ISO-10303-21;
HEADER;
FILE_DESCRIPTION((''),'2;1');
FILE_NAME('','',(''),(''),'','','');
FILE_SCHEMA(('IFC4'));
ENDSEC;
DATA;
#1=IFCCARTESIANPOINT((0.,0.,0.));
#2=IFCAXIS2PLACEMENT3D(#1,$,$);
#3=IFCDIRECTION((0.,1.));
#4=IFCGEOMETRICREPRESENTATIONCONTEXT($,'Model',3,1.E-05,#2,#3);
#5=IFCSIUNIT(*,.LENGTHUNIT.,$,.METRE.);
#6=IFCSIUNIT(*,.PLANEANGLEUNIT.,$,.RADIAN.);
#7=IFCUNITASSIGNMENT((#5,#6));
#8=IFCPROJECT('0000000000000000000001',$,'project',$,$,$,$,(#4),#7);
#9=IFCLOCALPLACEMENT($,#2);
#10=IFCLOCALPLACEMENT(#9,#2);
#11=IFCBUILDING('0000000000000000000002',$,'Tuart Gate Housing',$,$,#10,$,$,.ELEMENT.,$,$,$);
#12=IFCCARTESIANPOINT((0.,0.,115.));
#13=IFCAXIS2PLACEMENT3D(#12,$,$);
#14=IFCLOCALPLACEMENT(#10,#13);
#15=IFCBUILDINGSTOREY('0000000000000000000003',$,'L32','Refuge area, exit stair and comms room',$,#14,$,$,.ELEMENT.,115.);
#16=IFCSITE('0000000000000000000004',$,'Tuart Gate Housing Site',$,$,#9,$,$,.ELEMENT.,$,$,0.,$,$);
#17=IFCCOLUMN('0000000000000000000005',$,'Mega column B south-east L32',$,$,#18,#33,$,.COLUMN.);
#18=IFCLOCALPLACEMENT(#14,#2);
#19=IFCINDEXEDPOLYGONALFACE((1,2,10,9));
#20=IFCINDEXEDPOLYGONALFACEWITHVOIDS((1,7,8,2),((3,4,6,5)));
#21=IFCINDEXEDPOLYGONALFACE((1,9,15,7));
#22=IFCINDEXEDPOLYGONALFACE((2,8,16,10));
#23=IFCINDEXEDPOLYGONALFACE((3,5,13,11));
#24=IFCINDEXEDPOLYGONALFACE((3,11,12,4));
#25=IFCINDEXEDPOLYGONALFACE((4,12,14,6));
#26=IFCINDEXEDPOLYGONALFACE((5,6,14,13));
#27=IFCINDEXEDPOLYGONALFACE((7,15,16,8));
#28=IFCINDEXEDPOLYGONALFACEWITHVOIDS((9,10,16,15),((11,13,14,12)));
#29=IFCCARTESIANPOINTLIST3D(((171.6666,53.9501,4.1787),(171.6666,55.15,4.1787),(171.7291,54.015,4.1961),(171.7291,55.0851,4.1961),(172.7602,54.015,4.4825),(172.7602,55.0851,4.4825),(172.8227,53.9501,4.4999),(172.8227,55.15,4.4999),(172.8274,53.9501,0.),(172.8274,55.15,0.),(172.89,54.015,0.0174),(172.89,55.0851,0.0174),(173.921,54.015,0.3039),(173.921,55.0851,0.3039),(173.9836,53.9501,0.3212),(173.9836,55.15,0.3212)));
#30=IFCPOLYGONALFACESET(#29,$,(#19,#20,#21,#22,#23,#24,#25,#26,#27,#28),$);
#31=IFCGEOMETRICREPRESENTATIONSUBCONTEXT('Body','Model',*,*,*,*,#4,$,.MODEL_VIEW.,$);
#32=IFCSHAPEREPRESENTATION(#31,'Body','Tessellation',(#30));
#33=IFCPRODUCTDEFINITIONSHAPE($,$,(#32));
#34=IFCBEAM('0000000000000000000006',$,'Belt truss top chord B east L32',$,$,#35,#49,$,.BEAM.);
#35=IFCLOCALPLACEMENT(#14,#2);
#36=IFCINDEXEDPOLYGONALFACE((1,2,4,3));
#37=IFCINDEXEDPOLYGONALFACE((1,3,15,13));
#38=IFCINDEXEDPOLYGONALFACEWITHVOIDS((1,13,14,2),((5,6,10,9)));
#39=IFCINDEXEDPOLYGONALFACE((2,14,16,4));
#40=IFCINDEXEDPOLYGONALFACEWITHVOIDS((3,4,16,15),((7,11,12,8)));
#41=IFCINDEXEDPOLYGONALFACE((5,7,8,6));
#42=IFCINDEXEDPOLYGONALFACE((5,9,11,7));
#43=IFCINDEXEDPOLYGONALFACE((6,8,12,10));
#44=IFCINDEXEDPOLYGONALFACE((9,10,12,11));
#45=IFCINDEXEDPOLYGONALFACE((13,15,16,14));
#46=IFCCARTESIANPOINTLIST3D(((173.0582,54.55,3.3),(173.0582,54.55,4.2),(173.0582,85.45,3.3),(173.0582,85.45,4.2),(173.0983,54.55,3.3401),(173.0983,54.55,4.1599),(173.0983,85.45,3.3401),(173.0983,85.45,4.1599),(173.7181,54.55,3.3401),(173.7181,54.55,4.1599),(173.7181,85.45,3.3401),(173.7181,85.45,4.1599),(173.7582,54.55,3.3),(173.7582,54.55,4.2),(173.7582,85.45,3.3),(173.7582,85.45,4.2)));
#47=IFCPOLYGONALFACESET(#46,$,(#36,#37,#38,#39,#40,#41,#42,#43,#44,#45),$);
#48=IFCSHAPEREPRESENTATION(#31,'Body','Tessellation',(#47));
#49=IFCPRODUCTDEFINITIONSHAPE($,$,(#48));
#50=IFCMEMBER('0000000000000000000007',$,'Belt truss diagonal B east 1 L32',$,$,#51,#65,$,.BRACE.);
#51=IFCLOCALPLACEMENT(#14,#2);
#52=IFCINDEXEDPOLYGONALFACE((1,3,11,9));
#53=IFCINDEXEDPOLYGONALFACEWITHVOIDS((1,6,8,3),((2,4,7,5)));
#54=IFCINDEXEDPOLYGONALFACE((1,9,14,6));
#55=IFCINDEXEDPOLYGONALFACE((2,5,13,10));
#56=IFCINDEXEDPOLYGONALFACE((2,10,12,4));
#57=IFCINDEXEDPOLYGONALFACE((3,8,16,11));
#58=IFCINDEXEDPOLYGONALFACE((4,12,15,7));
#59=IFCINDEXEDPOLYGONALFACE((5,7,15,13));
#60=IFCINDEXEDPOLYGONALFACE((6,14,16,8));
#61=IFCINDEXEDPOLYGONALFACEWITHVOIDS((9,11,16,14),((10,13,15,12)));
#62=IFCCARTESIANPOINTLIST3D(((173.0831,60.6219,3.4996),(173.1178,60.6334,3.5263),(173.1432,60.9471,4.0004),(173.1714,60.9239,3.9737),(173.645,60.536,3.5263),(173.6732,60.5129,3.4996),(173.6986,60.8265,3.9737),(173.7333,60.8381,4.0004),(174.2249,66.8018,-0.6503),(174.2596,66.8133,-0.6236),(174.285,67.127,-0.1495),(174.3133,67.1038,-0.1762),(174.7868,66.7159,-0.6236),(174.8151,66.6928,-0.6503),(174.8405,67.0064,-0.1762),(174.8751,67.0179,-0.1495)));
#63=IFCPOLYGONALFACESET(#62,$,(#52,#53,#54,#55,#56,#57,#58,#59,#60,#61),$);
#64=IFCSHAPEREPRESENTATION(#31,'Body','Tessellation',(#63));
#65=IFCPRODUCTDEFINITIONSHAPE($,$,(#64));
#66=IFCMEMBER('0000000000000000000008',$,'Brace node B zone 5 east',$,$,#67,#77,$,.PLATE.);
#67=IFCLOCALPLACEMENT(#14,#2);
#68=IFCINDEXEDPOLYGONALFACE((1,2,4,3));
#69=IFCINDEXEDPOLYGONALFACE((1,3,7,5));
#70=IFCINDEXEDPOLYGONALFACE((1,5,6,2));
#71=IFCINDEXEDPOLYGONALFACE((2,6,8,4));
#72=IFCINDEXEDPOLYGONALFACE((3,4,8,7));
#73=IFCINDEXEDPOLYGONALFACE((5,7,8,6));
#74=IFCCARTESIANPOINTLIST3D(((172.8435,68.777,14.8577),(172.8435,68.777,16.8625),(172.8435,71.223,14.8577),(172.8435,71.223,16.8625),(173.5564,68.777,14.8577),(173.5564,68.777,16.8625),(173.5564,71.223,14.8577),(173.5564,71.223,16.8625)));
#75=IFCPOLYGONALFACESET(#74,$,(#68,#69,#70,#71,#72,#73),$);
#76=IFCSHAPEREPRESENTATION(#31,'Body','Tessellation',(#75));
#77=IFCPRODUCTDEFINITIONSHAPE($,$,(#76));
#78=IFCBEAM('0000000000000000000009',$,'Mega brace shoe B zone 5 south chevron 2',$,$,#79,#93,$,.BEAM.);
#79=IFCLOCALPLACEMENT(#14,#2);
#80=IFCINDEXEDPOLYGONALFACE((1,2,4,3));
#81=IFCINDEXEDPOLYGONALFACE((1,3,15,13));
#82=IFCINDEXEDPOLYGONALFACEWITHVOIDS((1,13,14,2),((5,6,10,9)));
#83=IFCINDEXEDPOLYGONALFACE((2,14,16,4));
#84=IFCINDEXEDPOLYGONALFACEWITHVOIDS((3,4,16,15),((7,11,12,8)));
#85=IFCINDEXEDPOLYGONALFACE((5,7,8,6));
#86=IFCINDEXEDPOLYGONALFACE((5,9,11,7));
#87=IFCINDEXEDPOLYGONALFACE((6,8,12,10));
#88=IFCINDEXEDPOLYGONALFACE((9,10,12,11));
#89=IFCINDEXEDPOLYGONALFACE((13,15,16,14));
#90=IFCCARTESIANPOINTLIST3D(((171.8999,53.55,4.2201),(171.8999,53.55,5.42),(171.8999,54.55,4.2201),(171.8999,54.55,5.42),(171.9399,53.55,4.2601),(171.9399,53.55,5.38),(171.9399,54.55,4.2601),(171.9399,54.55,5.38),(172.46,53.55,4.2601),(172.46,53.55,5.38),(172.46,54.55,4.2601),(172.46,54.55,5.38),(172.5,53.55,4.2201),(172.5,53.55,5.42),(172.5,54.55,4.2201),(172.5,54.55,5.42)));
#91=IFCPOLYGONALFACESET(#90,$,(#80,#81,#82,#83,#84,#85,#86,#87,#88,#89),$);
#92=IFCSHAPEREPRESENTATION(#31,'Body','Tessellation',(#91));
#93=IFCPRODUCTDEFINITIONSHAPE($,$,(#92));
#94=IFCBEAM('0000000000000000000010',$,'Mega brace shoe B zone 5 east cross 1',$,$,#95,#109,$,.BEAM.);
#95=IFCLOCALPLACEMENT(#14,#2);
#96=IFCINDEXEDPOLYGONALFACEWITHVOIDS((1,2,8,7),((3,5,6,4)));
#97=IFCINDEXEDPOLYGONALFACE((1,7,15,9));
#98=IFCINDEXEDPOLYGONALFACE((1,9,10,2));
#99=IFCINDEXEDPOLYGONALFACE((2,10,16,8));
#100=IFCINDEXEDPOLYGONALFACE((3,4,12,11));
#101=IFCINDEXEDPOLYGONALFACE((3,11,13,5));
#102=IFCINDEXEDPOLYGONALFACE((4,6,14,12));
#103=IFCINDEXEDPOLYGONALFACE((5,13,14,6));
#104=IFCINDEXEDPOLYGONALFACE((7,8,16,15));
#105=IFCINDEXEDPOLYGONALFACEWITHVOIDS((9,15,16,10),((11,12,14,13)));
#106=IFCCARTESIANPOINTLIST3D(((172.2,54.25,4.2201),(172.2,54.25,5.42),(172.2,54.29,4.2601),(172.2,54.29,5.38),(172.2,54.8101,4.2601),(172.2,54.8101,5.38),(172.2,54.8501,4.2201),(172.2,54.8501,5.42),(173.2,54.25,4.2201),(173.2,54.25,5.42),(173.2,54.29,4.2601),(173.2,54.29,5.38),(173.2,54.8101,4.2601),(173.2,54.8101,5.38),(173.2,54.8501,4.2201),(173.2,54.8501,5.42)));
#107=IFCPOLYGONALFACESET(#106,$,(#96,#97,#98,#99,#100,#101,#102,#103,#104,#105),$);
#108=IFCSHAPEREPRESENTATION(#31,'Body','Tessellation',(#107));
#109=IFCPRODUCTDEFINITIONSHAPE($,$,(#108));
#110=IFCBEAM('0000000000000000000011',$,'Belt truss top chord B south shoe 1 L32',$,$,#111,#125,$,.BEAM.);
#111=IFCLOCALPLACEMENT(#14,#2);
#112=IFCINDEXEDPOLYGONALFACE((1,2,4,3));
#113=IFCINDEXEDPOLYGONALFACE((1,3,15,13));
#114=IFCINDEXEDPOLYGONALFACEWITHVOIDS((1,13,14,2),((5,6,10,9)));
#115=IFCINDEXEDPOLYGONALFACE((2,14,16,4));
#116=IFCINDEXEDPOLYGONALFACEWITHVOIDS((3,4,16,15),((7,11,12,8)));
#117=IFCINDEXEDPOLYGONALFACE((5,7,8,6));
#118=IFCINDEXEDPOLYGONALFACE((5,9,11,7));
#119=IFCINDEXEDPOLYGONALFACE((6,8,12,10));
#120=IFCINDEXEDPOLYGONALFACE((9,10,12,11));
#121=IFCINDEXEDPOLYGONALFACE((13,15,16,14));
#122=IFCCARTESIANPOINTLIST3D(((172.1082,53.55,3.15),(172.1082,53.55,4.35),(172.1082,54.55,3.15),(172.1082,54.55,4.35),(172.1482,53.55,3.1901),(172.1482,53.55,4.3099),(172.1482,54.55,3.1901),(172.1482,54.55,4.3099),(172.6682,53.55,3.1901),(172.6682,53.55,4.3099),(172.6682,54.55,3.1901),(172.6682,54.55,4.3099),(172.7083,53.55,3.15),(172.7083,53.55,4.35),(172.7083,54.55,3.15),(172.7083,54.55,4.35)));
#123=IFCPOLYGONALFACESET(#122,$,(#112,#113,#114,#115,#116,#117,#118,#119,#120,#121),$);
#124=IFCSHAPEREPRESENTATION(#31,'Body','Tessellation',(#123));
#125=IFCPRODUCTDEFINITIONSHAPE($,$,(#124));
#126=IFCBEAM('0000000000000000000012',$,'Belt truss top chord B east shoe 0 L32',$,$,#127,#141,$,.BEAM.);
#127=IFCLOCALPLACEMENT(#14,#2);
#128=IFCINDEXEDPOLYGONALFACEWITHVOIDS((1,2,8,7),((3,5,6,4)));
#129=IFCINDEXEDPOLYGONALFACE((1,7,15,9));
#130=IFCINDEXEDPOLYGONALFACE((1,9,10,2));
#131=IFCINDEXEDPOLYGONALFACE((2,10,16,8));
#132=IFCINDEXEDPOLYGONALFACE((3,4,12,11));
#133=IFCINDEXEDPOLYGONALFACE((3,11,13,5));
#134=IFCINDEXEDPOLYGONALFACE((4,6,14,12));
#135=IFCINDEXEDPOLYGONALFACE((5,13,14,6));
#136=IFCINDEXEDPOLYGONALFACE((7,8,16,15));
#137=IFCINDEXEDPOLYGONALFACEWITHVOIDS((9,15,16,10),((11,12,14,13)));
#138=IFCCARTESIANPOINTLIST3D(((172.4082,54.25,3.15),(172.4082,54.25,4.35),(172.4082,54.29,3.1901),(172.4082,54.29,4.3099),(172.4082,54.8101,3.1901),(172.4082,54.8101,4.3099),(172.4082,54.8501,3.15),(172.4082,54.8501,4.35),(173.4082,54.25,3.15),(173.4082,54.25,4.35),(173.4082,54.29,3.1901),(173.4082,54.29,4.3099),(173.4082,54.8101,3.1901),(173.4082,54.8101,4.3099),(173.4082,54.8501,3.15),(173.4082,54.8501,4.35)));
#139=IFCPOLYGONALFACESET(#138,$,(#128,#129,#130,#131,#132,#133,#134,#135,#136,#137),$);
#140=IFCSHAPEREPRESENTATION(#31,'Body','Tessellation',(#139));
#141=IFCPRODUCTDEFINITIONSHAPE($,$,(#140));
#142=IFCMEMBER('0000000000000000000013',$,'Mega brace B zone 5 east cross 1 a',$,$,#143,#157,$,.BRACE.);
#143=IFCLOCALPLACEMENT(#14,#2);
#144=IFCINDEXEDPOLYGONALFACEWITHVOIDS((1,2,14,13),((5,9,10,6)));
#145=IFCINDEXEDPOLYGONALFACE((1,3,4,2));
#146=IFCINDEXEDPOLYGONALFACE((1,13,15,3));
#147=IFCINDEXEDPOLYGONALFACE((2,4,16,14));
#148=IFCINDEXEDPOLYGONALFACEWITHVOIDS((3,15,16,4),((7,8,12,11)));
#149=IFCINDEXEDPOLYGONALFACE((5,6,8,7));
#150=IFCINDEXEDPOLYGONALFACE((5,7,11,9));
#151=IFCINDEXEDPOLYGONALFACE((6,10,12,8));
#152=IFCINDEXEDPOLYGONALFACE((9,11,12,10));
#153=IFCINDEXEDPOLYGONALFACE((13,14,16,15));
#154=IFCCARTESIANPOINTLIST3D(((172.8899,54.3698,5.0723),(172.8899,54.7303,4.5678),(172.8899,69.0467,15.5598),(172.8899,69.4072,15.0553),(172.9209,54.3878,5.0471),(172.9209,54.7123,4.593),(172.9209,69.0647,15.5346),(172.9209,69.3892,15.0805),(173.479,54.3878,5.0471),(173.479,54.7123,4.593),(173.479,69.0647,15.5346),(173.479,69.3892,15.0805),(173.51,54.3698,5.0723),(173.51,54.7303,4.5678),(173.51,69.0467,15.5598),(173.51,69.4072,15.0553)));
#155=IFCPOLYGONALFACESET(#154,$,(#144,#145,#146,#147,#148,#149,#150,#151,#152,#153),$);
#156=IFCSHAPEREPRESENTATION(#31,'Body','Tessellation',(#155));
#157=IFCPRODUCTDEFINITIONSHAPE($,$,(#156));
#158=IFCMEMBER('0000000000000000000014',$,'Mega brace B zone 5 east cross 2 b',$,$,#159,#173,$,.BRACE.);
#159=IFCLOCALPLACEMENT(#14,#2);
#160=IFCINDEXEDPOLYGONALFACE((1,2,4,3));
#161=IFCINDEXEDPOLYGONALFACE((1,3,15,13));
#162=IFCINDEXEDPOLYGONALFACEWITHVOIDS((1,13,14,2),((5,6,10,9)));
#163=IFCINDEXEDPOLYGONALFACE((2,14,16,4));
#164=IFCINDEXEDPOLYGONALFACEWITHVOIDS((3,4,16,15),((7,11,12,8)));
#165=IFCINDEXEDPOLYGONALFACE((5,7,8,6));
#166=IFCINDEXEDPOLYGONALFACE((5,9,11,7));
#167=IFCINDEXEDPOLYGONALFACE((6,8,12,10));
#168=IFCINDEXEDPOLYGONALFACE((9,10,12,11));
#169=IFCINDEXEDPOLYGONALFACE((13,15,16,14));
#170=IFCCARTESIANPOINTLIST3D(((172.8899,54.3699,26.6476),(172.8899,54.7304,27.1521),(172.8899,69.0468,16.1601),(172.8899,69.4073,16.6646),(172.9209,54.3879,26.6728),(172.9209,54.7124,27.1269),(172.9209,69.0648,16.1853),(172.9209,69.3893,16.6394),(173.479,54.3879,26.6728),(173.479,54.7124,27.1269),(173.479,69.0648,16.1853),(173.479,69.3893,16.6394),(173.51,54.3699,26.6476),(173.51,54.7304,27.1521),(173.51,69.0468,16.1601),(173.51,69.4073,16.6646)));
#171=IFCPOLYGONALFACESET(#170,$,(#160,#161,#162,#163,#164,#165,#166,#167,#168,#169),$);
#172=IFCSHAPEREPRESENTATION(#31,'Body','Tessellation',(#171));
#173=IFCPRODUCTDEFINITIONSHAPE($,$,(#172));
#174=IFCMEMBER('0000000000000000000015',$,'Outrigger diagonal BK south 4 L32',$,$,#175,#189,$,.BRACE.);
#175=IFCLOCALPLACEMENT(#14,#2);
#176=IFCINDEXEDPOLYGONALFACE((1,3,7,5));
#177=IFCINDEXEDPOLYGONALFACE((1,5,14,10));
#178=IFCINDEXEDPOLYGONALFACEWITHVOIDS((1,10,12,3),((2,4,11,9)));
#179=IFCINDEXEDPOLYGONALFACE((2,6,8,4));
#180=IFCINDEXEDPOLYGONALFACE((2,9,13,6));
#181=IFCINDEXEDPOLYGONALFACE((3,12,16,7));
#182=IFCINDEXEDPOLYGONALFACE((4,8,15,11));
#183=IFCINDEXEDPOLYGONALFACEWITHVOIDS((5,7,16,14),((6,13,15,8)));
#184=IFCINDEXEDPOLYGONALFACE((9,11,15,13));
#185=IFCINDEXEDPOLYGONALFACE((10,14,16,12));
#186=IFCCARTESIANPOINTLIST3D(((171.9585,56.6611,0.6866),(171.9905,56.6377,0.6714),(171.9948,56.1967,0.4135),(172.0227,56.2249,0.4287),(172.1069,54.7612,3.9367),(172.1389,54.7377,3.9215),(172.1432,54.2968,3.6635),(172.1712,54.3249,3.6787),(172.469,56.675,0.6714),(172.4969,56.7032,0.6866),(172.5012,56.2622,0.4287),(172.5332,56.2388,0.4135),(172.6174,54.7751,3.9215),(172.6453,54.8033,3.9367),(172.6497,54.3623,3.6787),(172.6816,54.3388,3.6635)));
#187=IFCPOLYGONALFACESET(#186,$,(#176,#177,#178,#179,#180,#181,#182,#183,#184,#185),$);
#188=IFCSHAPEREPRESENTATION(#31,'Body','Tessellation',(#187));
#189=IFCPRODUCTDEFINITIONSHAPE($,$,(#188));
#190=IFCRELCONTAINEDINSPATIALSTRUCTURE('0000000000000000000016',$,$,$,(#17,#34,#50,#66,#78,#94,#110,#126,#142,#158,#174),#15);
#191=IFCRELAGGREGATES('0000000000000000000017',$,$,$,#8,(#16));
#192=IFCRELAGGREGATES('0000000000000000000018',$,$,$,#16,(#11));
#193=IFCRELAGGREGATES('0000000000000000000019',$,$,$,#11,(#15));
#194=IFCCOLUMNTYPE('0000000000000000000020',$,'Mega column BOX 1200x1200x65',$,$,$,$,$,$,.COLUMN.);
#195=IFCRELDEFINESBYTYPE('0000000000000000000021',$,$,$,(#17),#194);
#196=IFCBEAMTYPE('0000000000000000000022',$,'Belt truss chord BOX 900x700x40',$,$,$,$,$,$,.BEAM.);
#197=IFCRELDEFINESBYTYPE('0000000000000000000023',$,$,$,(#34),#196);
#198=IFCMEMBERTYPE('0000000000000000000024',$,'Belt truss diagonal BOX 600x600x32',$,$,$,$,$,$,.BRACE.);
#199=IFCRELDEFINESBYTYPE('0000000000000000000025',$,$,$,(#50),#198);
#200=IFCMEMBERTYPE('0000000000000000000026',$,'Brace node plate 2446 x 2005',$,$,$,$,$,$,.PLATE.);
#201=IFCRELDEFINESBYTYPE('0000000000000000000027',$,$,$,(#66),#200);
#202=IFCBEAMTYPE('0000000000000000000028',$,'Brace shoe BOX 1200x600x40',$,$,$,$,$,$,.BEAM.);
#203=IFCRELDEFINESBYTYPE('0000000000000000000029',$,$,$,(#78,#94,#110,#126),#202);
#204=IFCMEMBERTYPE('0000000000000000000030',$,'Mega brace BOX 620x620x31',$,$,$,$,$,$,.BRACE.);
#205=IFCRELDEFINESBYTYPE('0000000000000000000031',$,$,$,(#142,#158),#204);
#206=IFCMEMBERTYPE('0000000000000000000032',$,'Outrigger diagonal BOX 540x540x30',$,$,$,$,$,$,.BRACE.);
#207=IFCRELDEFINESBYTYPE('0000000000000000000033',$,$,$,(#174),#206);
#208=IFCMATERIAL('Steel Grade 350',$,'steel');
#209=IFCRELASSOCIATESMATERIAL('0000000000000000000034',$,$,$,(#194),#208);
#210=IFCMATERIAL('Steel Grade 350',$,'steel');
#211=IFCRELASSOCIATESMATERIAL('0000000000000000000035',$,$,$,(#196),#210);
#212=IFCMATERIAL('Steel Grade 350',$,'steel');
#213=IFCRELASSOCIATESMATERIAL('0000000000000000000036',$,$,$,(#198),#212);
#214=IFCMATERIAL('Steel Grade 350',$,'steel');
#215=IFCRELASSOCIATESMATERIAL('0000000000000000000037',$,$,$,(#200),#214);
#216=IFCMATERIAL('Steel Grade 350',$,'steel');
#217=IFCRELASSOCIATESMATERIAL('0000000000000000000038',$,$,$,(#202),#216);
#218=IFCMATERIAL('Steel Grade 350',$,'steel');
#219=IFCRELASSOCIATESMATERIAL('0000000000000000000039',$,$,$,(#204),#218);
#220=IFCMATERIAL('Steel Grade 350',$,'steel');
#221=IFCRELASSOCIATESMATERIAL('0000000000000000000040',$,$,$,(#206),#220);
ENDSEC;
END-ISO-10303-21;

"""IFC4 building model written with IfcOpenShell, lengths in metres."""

from ifc_helpers import new_model, si_unit, direction, frame, origin, origin_2d, place, context, subcontext, project, spatial, rectangle, hollow_rectangle, extrude, material, material_profile, profile_set, type_object, element, save


model = new_model("IFC4")

# Units and contexts
model_context = context("Model", 3, precision=1e-05, world=origin(), true_north=direction((0.0, 1.0)))
body_context = subcontext(model_context, "Body", "Model", "MODEL_VIEW")
ifc_project = project(units=[si_unit("LENGTHUNIT", "METRE"), si_unit("PLANEANGLEUNIT", "RADIAN")], contexts=[model_context])

# Site, building, storey
site_placement = place(None, origin())
site = spatial("IfcSite", under=ifc_project, at=site_placement, Name="Tuart Gate Housing Site", CompositionType="ELEMENT", RefElevation=0.0)
building_placement = place(site_placement, origin())
building = spatial("IfcBuilding", under=site, at=building_placement, Name="Tuart Gate Housing", CompositionType="ELEMENT")
storey_placement = place(building_placement, frame((0.0, 0.0, 115.0)))
storey = spatial("IfcBuildingStorey", under=building, at=storey_placement, Name="L32", Description="Refuge area, exit stair and comms room", CompositionType="ELEMENT", Elevation=115.0)

# Column
ifc_material_1 = material(Name="Steel Grade 350", Category="steel")
ifc_material_profile_1 = material_profile(ifc_material_1, hollow_rectangle(XDim=1.2, YDim=1.2, WallThickness=0.0649, at=origin_2d()), Name="BOX 1200x1200x65")
ifc_profile_set_1 = profile_set([ifc_material_profile_1], Name="Steel Grade 350")
column_type = type_object("IfcColumnType", Name="Mega column BOX 1200x1200x65", PredefinedType="COLUMN", material=ifc_profile_set_1)
column_placement = place(storey_placement, frame((173.4055, 54.55, 0.1606), z_axis=(-0.267673, 0.0, 0.96351), x_axis=(0.0, -1.0, 0.0)))
element("IfcColumn", 1, at=column_placement, inside=storey, type_object=column_type, Name="Mega column B south-east L32", PredefinedType="COLUMN", context=body_context, shape_type="SweptSolid", body=[
    extrude(hollow_rectangle(XDim=1.2, YDim=1.2, WallThickness=0.0649, at=origin_2d()), origin(), (0.0, 0.0, 1.0), 4.3369),
])

# Beam
ifc_material_2 = material(Name="Steel Grade 350", Category="steel")
ifc_material_profile_2 = material_profile(ifc_material_2, hollow_rectangle(XDim=0.7, YDim=0.8999, WallThickness=0.04, at=origin_2d()), Name="BOX 900x700x40")
ifc_profile_set_2 = profile_set([ifc_material_profile_2], Name="Steel Grade 350")
beam_type_1 = type_object("IfcBeamType", Name="Belt truss chord BOX 900x700x40", PredefinedType="BEAM", material=ifc_profile_set_2)
beam_placement = place(storey_placement, frame((173.4082, 54.55, 3.75), z_axis=(0.0, 1.0, 0.0), x_axis=(-1.0, 0.0, 0.0)))
element("IfcBeam", 2, at=beam_placement, inside=storey, type_object=beam_type_1, Name="Belt truss top chord B east L32", PredefinedType="BEAM", context=body_context, shape_type="SweptSolid", body=[
    extrude(hollow_rectangle(XDim=0.7, YDim=0.8999, WallThickness=0.04, at=origin_2d()), origin(), (0.0, 0.0, 1.0), 30.8999),
])

# Members
ifc_material_3 = material(Name="Steel Grade 350", Category="steel")
ifc_material_profile_3 = material_profile(ifc_material_3, hollow_rectangle(XDim=0.6001, YDim=0.6001, WallThickness=0.032, at=origin_2d()), Name="BOX 600x600x32")
ifc_profile_set_3 = profile_set([ifc_material_profile_3], Name="Steel Grade 350")
member_type_1 = type_object("IfcMemberType", Name="Belt truss diagonal BOX 600x600x32", PredefinedType="BRACE", material=ifc_profile_set_3)
member_1_placement = place(storey_placement, frame((173.4082, 60.73, 3.75), z_axis=(0.151618, 0.820591, -0.551037), x_axis=(-0.983356, 0.181691, 0.0)))
element("IfcMember", 3, at=member_1_placement, inside=storey, type_object=member_type_1, Name="Belt truss diagonal B east 1 L32", PredefinedType="BRACE", context=body_context, shape_type="SweptSolid", body=[
    extrude(hollow_rectangle(XDim=0.6001, YDim=0.6001, WallThickness=0.032, at=origin_2d()), origin(), (0.0, 0.0, 1.0), 7.531),
])
ifc_material_4 = material(Name="Steel Grade 350", Category="steel")
ifc_material_profile_4 = material_profile(ifc_material_4, rectangle(XDim=2.446, YDim=2.0049, at=origin_2d()), Name="Brace node plate 2446 x 2005")
ifc_profile_set_4 = profile_set([ifc_material_profile_4], Name="Steel Grade 350")
member_type_2 = type_object("IfcMemberType", Name="Brace node plate 2446 x 2005", PredefinedType="PLATE", material=ifc_profile_set_4)
member_2_placement = place(storey_placement, frame((172.8435, 70.0, 15.8601), z_axis=(1.0, 0.0, 0.0), x_axis=(0.0, 1.0, 0.0)))
element("IfcMember", 4, at=member_2_placement, inside=storey, type_object=member_type_2, Name="Brace node B zone 5 east", PredefinedType="PLATE", context=body_context, shape_type="SweptSolid", body=[
    extrude(rectangle(XDim=2.446, YDim=2.0049, at=origin_2d()), origin(), (0.0, 0.0, 1.0), 0.7129),
])

# Beams
ifc_material_5 = material(Name="Steel Grade 350", Category="steel")
ifc_material_profile_5 = material_profile(ifc_material_5, hollow_rectangle(XDim=0.6001, YDim=1.2, WallThickness=0.04, at=origin_2d()), Name="BOX 1200x600x40")
ifc_profile_set_5 = profile_set([ifc_material_profile_5], Name="Steel Grade 350")
beam_type_2 = type_object("IfcBeamType", Name="Brace shoe BOX 1200x600x40", PredefinedType="BEAM", material=ifc_profile_set_5)
for number, where, z_axis, x_axis, name in (
    (5, (172.2, 54.55, 4.8201), (0.0, -1.0, 0.0), (1.0, 0.0, 0.0), "Mega brace shoe B zone 5 south chevron 2"),
    (6, (172.2, 54.55, 4.8201), (1.0, 0.0, 0.0), (0.0, 1.0, 0.0), "Mega brace shoe B zone 5 east cross 1"),
    (7, (172.4082, 54.55, 3.75), (0.0, -1.0, 0.0), (1.0, 0.0, 0.0), "Belt truss top chord B south shoe 1 L32"),
    (8, (172.4082, 54.55, 3.75), (1.0, 0.0, 0.0), (0.0, 1.0, 0.0), "Belt truss top chord B east shoe 0 L32"),
):
    element("IfcBeam", number, at=place(storey_placement, frame(where, z_axis=z_axis, x_axis=x_axis)), inside=storey, type_object=beam_type_2, Name=name, PredefinedType="BEAM", context=body_context, shape_type="SweptSolid", body=[
        extrude(hollow_rectangle(XDim=0.6001, YDim=1.2, WallThickness=0.04, at=origin_2d()), origin(), (0.0, 0.0, 1.0), 1.0),
    ])

# Members
ifc_material_6 = material(Name="Steel Grade 350", Category="steel")
ifc_material_profile_6 = material_profile(ifc_material_6, hollow_rectangle(XDim=0.6201, YDim=0.6201, WallThickness=0.031, at=origin_2d()), Name="BOX 620x620x31")
ifc_profile_set_6 = profile_set([ifc_material_profile_6], Name="Steel Grade 350")
member_type_3 = type_object("IfcMemberType", Name="Mega brace BOX 620x620x31", PredefinedType="BRACE", material=ifc_profile_set_6)
for number, where, z_axis, x_axis, name in (
    (9, (173.2, 54.55, 4.8201), (0.0, 0.813629, 0.581384), (-1.0, 0.0, 0.0), "Mega brace B zone 5 east cross 1 a"),
    (10, (173.2, 69.2271, 16.4124), (0.0, -0.813629, 0.581384), (1.0, 0.0, 0.0), "Mega brace B zone 5 east cross 2 b"),
):
    element("IfcMember", number, at=place(storey_placement, frame(where, z_axis=z_axis, x_axis=x_axis)), inside=storey, type_object=member_type_3, Name=name, PredefinedType="BRACE", context=body_context, shape_type="SweptSolid", body=[
        extrude(hollow_rectangle(XDim=0.6201, YDim=0.6201, WallThickness=0.031, at=origin_2d()), origin(), (0.0, 0.0, 1.0), 18.0388),
    ])
ifc_material_7 = material(Name="Steel Grade 350", Category="steel")
ifc_material_profile_7 = material_profile(ifc_material_7, hollow_rectangle(XDim=0.54, YDim=0.54, WallThickness=0.03, at=origin_2d()), Name="BOX 540x540x30")
ifc_profile_set_7 = profile_set([ifc_material_profile_7], Name="Steel Grade 350")
member_type_4 = type_object("IfcMemberType", Name="Outrigger diagonal BOX 540x540x30", PredefinedType="BRACE", material=ifc_profile_set_7)
member_3_placement = place(storey_placement, frame((172.2458, 56.45, 0.55), z_axis=(0.039399, -0.504285, 0.862638), x_axis=(0.996962, 0.077892, 0.0)))
element("IfcMember", 11, at=member_3_placement, inside=storey, type_object=member_type_4, Name="Outrigger diagonal BK south 4 L32", PredefinedType="BRACE", context=body_context, shape_type="SweptSolid", body=[
    extrude(hollow_rectangle(XDim=0.54, YDim=0.54, WallThickness=0.03, at=origin_2d()), origin(), (0.0, 0.0, 1.0), 3.7676),
])

save(model, "model.ifc")
